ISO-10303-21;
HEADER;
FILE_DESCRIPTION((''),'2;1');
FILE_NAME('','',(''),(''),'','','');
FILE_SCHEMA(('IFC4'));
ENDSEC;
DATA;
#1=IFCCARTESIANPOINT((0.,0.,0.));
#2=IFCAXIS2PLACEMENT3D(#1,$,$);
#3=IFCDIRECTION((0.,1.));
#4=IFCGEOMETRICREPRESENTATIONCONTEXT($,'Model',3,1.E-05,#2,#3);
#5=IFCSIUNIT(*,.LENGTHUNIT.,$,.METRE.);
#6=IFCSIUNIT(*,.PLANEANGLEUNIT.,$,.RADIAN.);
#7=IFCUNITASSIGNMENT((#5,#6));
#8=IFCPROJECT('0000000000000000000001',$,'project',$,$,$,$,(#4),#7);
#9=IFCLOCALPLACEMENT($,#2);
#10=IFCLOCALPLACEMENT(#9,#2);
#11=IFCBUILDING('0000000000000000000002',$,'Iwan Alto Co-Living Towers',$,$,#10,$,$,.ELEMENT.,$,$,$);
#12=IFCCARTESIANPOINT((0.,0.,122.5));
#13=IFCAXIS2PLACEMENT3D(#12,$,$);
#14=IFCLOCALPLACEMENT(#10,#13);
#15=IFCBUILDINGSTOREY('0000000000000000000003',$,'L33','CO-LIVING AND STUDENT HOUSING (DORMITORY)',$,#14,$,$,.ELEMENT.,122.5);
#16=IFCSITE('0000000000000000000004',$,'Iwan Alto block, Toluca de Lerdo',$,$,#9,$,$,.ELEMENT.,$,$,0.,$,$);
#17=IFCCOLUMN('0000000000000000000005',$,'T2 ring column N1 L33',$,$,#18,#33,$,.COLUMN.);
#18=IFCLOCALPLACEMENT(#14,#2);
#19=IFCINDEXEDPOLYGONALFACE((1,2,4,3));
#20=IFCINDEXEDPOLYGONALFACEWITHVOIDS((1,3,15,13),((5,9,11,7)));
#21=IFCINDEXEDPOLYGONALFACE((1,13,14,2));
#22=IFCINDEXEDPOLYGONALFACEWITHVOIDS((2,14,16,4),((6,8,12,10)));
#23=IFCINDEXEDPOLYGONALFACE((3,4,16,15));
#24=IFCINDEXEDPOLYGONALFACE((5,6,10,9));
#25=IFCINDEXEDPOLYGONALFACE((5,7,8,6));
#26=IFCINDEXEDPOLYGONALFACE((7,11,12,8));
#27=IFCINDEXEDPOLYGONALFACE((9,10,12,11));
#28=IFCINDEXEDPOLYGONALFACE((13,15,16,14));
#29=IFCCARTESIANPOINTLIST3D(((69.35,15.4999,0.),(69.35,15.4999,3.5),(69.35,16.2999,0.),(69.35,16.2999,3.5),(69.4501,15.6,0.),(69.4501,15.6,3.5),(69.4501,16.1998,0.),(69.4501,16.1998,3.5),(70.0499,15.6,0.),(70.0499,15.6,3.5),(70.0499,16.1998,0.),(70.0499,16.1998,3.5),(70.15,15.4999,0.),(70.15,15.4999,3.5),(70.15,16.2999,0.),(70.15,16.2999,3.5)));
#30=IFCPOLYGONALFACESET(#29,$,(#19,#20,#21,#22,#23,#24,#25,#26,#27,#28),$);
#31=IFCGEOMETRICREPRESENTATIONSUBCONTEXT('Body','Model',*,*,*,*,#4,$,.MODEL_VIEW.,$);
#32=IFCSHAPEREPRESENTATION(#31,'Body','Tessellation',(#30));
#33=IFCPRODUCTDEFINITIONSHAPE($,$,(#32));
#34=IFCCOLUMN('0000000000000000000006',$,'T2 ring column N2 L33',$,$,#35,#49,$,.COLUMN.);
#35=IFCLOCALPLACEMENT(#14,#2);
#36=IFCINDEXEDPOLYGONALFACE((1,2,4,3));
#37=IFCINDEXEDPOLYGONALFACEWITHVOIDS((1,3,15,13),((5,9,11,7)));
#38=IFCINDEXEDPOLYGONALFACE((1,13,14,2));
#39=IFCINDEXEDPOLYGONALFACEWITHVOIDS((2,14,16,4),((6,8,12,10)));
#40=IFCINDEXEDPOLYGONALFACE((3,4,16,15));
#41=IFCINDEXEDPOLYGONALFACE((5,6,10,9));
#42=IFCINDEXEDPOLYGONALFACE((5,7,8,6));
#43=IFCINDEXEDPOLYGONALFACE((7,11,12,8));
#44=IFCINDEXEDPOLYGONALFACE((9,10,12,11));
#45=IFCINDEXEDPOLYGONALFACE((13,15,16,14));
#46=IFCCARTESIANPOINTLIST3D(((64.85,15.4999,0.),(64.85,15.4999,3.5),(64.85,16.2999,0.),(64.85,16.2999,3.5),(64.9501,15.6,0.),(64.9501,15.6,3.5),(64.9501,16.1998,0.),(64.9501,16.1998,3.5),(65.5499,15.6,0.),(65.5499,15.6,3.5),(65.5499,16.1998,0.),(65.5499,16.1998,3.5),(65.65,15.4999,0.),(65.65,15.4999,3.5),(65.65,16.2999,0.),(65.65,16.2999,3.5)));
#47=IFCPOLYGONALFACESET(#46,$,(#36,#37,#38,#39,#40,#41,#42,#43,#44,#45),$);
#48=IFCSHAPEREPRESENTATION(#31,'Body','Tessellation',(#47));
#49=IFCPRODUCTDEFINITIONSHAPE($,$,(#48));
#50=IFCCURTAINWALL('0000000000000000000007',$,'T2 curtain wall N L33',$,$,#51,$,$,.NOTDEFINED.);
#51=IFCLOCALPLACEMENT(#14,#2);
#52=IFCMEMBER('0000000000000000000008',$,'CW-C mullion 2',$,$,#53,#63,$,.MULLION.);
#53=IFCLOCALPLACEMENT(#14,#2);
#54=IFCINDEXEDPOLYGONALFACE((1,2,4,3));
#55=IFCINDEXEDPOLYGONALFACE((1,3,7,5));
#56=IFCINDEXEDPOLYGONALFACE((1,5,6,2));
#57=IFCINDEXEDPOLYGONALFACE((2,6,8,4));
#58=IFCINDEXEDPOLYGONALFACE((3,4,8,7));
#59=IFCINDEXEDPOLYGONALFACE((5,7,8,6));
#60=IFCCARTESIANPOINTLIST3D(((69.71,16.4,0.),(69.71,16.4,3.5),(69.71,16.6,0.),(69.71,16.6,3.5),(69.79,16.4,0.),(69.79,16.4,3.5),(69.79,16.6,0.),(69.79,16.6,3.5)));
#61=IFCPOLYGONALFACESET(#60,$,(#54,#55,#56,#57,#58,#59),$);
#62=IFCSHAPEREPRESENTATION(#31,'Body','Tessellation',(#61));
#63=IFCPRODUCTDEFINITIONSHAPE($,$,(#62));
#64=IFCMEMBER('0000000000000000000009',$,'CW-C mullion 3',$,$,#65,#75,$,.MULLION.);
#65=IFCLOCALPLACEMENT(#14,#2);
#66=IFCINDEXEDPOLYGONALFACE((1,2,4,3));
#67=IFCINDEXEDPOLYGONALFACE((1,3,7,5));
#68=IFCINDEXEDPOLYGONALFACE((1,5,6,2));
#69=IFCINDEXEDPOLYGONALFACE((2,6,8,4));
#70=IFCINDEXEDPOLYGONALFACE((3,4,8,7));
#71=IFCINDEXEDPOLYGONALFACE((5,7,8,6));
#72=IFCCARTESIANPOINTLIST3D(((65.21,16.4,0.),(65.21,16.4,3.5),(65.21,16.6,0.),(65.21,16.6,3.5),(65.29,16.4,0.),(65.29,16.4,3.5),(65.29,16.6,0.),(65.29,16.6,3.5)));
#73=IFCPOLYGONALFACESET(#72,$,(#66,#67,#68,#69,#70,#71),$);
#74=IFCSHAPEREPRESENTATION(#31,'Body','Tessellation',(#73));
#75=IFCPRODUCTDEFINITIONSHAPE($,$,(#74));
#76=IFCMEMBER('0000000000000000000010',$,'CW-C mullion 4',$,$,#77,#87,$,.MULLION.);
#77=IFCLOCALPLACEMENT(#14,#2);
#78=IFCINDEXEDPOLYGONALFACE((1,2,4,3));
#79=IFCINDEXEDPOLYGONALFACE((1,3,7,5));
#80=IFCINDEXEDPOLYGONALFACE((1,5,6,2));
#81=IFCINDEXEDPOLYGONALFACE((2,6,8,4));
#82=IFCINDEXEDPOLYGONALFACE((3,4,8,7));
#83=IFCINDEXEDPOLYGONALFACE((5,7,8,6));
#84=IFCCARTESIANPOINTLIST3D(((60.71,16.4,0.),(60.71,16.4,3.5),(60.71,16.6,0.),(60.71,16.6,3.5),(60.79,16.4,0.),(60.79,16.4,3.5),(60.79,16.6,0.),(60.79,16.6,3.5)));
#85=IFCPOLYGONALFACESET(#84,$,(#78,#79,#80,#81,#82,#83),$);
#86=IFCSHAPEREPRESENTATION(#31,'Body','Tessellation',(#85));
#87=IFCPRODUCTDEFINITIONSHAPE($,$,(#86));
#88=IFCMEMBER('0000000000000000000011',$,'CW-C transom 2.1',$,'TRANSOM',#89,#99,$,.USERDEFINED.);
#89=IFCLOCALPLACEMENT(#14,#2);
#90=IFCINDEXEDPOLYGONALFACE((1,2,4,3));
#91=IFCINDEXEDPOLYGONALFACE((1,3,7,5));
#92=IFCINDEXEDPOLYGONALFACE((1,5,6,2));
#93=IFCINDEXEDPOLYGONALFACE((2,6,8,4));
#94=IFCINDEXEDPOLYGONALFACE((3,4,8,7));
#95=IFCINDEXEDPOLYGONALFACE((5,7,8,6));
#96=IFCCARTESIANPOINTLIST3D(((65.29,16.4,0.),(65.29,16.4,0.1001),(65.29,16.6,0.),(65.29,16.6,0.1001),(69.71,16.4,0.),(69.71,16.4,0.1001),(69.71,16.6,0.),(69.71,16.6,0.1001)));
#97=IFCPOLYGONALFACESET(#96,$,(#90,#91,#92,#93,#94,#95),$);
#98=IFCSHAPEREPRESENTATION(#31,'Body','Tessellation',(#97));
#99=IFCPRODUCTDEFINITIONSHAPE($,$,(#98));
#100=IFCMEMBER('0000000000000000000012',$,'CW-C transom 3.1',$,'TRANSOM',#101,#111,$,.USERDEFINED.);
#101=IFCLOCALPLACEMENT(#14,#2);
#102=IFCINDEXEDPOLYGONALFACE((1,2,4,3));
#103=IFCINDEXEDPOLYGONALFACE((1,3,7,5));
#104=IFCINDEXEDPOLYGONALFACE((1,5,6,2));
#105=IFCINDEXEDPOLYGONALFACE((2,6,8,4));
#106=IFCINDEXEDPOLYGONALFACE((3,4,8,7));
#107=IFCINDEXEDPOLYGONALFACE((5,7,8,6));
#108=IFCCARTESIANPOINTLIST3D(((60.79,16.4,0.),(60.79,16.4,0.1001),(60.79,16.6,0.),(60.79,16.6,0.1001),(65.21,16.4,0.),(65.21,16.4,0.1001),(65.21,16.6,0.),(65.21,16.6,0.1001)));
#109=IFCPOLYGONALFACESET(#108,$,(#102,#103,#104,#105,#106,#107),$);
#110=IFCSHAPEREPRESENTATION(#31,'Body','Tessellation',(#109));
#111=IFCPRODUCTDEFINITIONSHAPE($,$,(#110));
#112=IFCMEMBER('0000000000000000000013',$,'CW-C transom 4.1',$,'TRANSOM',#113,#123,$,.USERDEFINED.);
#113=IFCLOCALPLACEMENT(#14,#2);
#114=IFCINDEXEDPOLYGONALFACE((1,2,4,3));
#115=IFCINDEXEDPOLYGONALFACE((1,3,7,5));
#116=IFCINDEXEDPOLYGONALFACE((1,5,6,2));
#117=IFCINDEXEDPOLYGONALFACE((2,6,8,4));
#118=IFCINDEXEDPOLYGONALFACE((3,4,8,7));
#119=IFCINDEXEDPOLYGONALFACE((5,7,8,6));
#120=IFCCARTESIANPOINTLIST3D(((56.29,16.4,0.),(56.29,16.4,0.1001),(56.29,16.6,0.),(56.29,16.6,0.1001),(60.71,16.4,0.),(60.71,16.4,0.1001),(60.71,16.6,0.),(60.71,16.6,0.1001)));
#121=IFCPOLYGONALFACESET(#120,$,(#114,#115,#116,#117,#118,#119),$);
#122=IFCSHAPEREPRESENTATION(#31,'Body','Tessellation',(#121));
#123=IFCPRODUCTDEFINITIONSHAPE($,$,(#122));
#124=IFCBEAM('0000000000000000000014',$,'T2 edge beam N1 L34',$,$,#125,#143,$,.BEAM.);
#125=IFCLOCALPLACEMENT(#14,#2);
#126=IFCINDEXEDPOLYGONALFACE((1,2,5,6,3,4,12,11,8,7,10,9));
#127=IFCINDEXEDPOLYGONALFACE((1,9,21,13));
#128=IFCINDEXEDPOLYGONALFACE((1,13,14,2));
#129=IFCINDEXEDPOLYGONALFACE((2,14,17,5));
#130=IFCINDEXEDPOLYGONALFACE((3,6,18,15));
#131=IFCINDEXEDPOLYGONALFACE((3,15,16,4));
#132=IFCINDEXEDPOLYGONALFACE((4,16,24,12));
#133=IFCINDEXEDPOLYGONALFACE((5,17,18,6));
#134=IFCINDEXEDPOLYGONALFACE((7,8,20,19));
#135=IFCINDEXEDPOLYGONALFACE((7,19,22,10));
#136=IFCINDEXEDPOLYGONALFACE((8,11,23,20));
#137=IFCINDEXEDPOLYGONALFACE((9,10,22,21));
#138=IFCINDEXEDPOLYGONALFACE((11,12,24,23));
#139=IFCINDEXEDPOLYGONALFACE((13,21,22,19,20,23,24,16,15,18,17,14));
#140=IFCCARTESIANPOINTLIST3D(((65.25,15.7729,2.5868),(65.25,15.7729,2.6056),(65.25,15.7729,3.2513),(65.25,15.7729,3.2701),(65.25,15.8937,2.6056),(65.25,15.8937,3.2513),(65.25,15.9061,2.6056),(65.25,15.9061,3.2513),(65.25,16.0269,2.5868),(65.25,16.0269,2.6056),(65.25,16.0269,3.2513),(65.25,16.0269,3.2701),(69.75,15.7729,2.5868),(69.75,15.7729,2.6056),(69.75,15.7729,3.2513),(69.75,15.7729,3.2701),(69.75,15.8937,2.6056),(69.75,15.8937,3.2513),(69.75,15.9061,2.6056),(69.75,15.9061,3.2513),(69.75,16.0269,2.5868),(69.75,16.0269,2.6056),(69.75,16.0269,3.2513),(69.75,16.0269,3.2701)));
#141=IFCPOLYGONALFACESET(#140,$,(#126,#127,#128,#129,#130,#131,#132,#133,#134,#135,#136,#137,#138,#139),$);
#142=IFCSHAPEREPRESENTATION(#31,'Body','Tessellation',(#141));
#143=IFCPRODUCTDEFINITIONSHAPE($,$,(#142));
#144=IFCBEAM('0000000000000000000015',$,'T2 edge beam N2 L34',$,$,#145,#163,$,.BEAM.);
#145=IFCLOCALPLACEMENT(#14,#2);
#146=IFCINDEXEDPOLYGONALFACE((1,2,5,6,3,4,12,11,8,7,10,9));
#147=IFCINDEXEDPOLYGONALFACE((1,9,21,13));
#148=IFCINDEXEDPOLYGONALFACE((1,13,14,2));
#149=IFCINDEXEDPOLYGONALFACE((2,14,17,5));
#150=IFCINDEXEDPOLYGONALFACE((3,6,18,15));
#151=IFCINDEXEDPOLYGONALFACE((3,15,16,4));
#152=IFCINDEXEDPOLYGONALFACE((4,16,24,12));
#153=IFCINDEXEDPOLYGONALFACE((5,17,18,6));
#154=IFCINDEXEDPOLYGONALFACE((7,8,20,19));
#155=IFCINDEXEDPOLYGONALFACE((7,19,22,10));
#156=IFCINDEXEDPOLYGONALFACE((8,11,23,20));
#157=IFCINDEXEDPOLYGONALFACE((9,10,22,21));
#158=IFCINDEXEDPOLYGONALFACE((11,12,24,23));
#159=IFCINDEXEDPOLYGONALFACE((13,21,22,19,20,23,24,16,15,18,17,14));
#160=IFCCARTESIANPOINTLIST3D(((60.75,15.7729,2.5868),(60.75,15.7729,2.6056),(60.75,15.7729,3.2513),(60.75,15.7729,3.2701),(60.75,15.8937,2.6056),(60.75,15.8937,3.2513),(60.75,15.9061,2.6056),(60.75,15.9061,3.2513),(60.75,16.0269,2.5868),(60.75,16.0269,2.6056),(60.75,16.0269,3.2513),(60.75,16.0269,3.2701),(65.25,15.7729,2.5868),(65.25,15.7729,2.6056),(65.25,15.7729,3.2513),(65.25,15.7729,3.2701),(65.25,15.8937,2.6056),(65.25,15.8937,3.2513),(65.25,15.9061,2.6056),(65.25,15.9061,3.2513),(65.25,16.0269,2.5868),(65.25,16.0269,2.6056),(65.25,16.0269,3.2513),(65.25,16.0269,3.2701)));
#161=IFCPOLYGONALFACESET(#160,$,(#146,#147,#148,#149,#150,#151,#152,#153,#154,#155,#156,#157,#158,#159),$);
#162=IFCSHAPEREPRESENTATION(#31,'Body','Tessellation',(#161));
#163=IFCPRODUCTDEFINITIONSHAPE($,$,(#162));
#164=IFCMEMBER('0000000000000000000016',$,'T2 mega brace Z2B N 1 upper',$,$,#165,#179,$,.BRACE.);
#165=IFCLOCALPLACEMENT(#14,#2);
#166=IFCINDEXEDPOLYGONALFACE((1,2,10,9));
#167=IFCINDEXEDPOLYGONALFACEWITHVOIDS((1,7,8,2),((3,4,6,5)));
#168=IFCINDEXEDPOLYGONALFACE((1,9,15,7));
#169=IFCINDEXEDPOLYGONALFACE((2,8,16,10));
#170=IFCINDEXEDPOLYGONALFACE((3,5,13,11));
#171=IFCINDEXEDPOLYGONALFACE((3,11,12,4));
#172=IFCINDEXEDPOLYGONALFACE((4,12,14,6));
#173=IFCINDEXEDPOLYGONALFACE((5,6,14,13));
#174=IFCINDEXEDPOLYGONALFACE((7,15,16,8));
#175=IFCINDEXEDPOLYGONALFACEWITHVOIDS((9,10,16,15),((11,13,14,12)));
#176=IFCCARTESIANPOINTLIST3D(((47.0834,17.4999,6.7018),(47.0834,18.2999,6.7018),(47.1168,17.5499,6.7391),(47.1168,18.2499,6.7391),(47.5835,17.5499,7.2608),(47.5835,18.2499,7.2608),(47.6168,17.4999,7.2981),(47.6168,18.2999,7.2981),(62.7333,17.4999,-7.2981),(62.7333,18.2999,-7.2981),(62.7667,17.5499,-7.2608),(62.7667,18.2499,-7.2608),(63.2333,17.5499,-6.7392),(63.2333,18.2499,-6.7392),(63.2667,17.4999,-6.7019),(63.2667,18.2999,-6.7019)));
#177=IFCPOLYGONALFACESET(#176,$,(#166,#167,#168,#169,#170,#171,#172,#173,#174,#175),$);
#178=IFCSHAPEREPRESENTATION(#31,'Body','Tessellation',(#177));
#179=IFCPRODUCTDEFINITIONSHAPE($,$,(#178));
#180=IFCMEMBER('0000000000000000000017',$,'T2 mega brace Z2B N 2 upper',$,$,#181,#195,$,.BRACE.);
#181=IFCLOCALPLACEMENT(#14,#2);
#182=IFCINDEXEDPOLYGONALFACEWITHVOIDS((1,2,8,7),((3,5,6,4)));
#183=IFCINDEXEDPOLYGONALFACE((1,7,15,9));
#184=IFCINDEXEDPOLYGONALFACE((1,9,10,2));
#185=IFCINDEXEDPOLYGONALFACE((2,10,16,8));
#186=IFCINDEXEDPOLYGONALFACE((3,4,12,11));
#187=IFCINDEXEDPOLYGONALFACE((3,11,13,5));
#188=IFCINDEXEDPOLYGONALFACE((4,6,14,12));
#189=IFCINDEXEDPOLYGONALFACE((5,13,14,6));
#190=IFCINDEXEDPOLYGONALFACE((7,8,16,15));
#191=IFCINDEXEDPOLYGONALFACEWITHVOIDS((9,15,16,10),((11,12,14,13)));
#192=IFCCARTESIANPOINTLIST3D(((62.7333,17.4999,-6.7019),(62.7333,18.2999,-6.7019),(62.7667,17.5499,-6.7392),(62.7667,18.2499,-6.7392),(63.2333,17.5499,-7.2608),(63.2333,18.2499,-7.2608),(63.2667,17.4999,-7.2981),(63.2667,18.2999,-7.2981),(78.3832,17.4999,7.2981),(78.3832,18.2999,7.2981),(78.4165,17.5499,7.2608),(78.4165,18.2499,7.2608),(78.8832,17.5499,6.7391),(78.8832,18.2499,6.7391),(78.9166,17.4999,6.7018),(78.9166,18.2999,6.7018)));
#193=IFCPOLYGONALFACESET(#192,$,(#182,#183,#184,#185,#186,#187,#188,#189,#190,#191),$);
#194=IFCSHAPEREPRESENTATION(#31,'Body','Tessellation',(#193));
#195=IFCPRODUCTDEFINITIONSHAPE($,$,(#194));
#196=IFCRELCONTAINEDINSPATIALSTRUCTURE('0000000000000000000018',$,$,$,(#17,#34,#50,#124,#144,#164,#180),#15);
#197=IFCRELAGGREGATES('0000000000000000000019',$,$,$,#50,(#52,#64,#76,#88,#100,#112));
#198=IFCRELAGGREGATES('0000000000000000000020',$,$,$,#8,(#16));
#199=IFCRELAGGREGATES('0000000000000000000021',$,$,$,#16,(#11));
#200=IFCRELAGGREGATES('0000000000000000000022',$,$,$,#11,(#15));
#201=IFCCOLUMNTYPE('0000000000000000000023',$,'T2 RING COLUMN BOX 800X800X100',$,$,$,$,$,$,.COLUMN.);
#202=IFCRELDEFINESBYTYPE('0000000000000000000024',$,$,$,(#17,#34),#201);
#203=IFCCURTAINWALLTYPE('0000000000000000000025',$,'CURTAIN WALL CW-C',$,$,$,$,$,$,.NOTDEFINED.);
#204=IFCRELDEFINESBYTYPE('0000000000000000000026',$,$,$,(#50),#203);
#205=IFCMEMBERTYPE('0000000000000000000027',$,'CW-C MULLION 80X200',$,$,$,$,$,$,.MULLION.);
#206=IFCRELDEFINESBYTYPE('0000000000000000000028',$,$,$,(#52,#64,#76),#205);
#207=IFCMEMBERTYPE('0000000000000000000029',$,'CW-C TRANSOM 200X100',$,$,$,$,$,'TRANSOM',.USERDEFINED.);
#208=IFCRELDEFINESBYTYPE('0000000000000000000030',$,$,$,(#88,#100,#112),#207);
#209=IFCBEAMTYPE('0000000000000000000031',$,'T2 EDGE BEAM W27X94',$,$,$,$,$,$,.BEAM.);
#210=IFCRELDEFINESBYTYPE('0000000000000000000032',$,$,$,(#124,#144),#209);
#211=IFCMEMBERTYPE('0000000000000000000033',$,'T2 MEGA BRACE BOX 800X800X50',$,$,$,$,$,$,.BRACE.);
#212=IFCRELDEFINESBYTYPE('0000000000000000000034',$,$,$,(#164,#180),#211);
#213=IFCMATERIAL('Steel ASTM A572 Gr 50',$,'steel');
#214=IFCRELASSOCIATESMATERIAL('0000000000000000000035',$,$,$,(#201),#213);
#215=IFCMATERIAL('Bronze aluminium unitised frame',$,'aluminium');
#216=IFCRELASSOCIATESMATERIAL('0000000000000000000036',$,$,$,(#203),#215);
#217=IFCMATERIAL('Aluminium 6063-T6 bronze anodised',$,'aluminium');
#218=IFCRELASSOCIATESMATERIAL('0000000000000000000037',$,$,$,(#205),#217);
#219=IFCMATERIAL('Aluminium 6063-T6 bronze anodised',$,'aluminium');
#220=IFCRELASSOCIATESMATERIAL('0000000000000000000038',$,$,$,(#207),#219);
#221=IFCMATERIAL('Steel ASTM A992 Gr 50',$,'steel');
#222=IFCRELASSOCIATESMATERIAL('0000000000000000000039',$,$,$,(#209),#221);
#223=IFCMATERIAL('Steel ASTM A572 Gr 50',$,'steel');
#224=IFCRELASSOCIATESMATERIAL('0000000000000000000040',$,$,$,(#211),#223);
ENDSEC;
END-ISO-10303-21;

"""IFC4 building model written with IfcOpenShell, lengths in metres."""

from ifc_helpers import new_model, si_unit, direction, frame, origin, origin_2d, place, context, subcontext, project, spatial, rectangle, hollow_rectangle, i_section, extrude, material, material_profile, profile_set, type_object, element, aggregate, save


model = new_model("IFC4")

# Units and contexts
model_context = context("Model", 3, precision=1e-05, world=origin(), true_north=direction((0.0, 1.0)))
body_context = subcontext(model_context, "Body", "Model", "MODEL_VIEW")
ifc_project = project(units=[si_unit("LENGTHUNIT", "METRE"), si_unit("PLANEANGLEUNIT", "RADIAN")], contexts=[model_context])

# Site, building, storey
site_placement = place(None, origin())
site = spatial("IfcSite", under=ifc_project, at=site_placement, Name="Iwan Alto block, Toluca de Lerdo", CompositionType="ELEMENT", RefElevation=0.0)
building_placement = place(site_placement, origin())
building = spatial("IfcBuilding", under=site, at=building_placement, Name="Iwan Alto Co-Living Towers", CompositionType="ELEMENT")
storey_placement = place(building_placement, frame((0.0, 0.0, 122.5)))
storey = spatial("IfcBuildingStorey", under=building, at=storey_placement, Name="L33", Description="CO-LIVING AND STUDENT HOUSING (DORMITORY)", CompositionType="ELEMENT", Elevation=122.5)

# Columns
ifc_material_1 = material(Name="Steel ASTM A572 Gr 50", Category="steel")
ifc_material_profile_1 = material_profile(ifc_material_1, hollow_rectangle(XDim=0.8, YDim=0.8, WallThickness=0.1001, at=origin_2d()), Name="BOX 800X800X100")
ifc_profile_set_1 = profile_set([ifc_material_profile_1], Name="Steel ASTM A572 Gr 50")
column_type = type_object("IfcColumnType", Name="T2 RING COLUMN BOX 800X800X100", PredefinedType="COLUMN", material=ifc_profile_set_1)
for number, where, z_axis, x_axis, name in (
    (1, (69.75, 15.8999, 0.0), (0.0, 0.0, 1.0), (1.0, 0.0, 0.0), "T2 ring column N1 L33"),
    (2, (65.25, 15.8999, 0.0), (0.0, 0.0, 1.0), (1.0, 0.0, 0.0), "T2 ring column N2 L33"),
):
    element("IfcColumn", number, at=place(storey_placement, frame(where, z_axis=z_axis, x_axis=x_axis)), inside=storey, type_object=column_type, Name=name, PredefinedType="COLUMN", context=body_context, shape_type="SweptSolid", body=[
        extrude(hollow_rectangle(XDim=0.8, YDim=0.8, WallThickness=0.1001, at=origin_2d()), origin(), (0.0, 0.0, 1.0), 3.5),
    ])

# Curtain wall, members
ifc_material_2 = material(Name="Bronze aluminium unitised frame", Category="aluminium")
curtain_wall_type = type_object("IfcCurtainWallType", Name="CURTAIN WALL CW-C", PredefinedType="NOTDEFINED", material=ifc_material_2)
curtain_wall_placement = place(storey_placement, origin())
curtain_wall = element("IfcCurtainWall", 3, at=curtain_wall_placement, inside=storey, type_object=curtain_wall_type, Name="T2 curtain wall N L33", PredefinedType="NOTDEFINED")
ifc_material_3 = material(Name="Aluminium 6063-T6 bronze anodised", Category="aluminium")
ifc_material_profile_2 = material_profile(ifc_material_3, rectangle(XDim=0.2, YDim=0.0801, at=origin_2d()), Name="AL 80X200")
ifc_profile_set_2 = profile_set([ifc_material_profile_2], Name="Aluminium 6063-T6 bronze anodised")
member_type_1 = type_object("IfcMemberType", Name="CW-C MULLION 80X200", PredefinedType="MULLION", material=ifc_profile_set_2)
member_1_placement = place(storey_placement, frame((69.75, 16.5, 0.0), z_axis=(0.0, 0.0, 1.0), x_axis=(0.0, -1.0, 0.0)))
member_1 = element("IfcMember", 4, at=member_1_placement, type_object=member_type_1, Name="CW-C mullion 2", PredefinedType="MULLION", context=body_context, shape_type="SweptSolid", body=[
    extrude(rectangle(XDim=0.2, YDim=0.0801, at=origin_2d()), origin(), (0.0, 0.0, 1.0), 3.5),
])
member_2_placement = place(storey_placement, frame((65.25, 16.5, 0.0), z_axis=(0.0, 0.0, 1.0), x_axis=(0.0, -1.0, 0.0)))
member_2 = element("IfcMember", 5, at=member_2_placement, type_object=member_type_1, Name="CW-C mullion 3", PredefinedType="MULLION", context=body_context, shape_type="SweptSolid", body=[
    extrude(rectangle(XDim=0.2, YDim=0.0801, at=origin_2d()), origin(), (0.0, 0.0, 1.0), 3.5),
])
member_3_placement = place(storey_placement, frame((60.75, 16.5, 0.0), z_axis=(0.0, 0.0, 1.0), x_axis=(0.0, -1.0, 0.0)))
member_3 = element("IfcMember", 6, at=member_3_placement, type_object=member_type_1, Name="CW-C mullion 4", PredefinedType="MULLION", context=body_context, shape_type="SweptSolid", body=[
    extrude(rectangle(XDim=0.2, YDim=0.0801, at=origin_2d()), origin(), (0.0, 0.0, 1.0), 3.5),
])
ifc_material_4 = material(Name="Aluminium 6063-T6 bronze anodised", Category="aluminium")
ifc_material_profile_3 = material_profile(ifc_material_4, rectangle(XDim=0.2, YDim=0.1001, at=origin_2d()), Name="AL 200X100")
ifc_profile_set_3 = profile_set([ifc_material_profile_3], Name="Aluminium 6063-T6 bronze anodised")
member_type_2 = type_object("IfcMemberType", Name="CW-C TRANSOM 200X100", ElementType="TRANSOM", PredefinedType="USERDEFINED", material=ifc_profile_set_3)
member_4_placement = place(storey_placement, frame((69.71, 16.5, 0.05), z_axis=(-1.0, 0.0, 0.0), x_axis=(0.0, -1.0, 0.0)))
member_4 = element("IfcMember", 7, at=member_4_placement, type_object=member_type_2, Name="CW-C transom 2.1", ObjectType="TRANSOM", PredefinedType="USERDEFINED", context=body_context, shape_type="SweptSolid", body=[
    extrude(rectangle(XDim=0.2, YDim=0.1001, at=origin_2d()), origin(), (0.0, 0.0, 1.0), 4.4199),
])
member_5_placement = place(storey_placement, frame((65.21, 16.5, 0.05), z_axis=(-1.0, 0.0, 0.0), x_axis=(0.0, -1.0, 0.0)))
member_5 = element("IfcMember", 8, at=member_5_placement, type_object=member_type_2, Name="CW-C transom 3.1", ObjectType="TRANSOM", PredefinedType="USERDEFINED", context=body_context, shape_type="SweptSolid", body=[
    extrude(rectangle(XDim=0.2, YDim=0.1001, at=origin_2d()), origin(), (0.0, 0.0, 1.0), 4.4199),
])
member_6_placement = place(storey_placement, frame((60.71, 16.5, 0.05), z_axis=(-1.0, 0.0, 0.0), x_axis=(0.0, -1.0, 0.0)))
member_6 = element("IfcMember", 9, at=member_6_placement, type_object=member_type_2, Name="CW-C transom 4.1", ObjectType="TRANSOM", PredefinedType="USERDEFINED", context=body_context, shape_type="SweptSolid", body=[
    extrude(rectangle(XDim=0.2, YDim=0.1001, at=origin_2d()), origin(), (0.0, 0.0, 1.0), 4.4199),
])

# Beams
ifc_material_5 = material(Name="Steel ASTM A992 Gr 50", Category="steel")
ifc_material_profile_4 = material_profile(ifc_material_5, i_section(OverallWidth=0.2539, OverallDepth=0.6833, WebThickness=0.0125, FlangeThickness=0.0188, at=origin_2d()), Name="W27X94")
ifc_profile_set_4 = profile_set([ifc_material_profile_4], Name="Steel ASTM A992 Gr 50")
beam_type_1 = type_object("IfcBeamType", Name="T2 EDGE BEAM W27X94", PredefinedType="BEAM", material=ifc_profile_set_4)
for number, where, z_axis, x_axis, name in (
    (10, (69.75, 15.8999, 2.9285), (-1.0, 0.0, 0.0), (0.0, -1.0, 0.0), "T2 edge beam N1 L34"),
    (11, (65.25, 15.8999, 2.9285), (-1.0, 0.0, 0.0), (0.0, -1.0, 0.0), "T2 edge beam N2 L34"),
):
    element("IfcBeam", number, at=place(storey_placement, frame(where, z_axis=z_axis, x_axis=x_axis)), inside=storey, type_object=beam_type_1, Name=name, PredefinedType="BEAM", context=body_context, shape_type="SweptSolid", body=[
        extrude(i_section(OverallWidth=0.2539, OverallDepth=0.6833, WebThickness=0.0125, FlangeThickness=0.0188, at=origin_2d()), origin(), (0.0, 0.0, 1.0), 4.5),
    ])

# Members
ifc_material_6 = material(Name="Steel ASTM A572 Gr 50", Category="steel")
ifc_material_profile_5 = material_profile(ifc_material_6, hollow_rectangle(XDim=0.8, YDim=0.8, WallThickness=0.05, at=origin_2d()), Name="BOX 800X800X50")
ifc_profile_set_5 = profile_set([ifc_material_profile_5], Name="Steel ASTM A572 Gr 50")
member_type_3 = type_object("IfcMemberType", Name="T2 MEGA BRACE BOX 800X800X50", PredefinedType="BRACE", material=ifc_profile_set_5)
for number, where, z_axis, x_axis, name in (
    (12, (63.0, 17.8999, -7.0), (-0.745302, 0.0, 0.666728), (0.0, -1.0, 0.0), "T2 mega brace Z2B N 1 upper"),
    (13, (63.0, 17.8999, -7.0), (0.745302, 0.0, 0.666728), (0.0, 1.0, 0.0), "T2 mega brace Z2B N 2 upper"),
):
    element("IfcMember", number, at=place(storey_placement, frame(where, z_axis=z_axis, x_axis=x_axis)), inside=storey, type_object=member_type_3, Name=name, PredefinedType="BRACE", context=body_context, shape_type="SweptSolid", body=[
        extrude(hollow_rectangle(XDim=0.8, YDim=0.8, WallThickness=0.05, at=origin_2d()), origin(), (0.0, 0.0, 1.0), 20.998),
    ])

aggregate(curtain_wall, [member_1, member_2, member_3, member_4, member_5, member_6])

save(model, "model.ifc")
